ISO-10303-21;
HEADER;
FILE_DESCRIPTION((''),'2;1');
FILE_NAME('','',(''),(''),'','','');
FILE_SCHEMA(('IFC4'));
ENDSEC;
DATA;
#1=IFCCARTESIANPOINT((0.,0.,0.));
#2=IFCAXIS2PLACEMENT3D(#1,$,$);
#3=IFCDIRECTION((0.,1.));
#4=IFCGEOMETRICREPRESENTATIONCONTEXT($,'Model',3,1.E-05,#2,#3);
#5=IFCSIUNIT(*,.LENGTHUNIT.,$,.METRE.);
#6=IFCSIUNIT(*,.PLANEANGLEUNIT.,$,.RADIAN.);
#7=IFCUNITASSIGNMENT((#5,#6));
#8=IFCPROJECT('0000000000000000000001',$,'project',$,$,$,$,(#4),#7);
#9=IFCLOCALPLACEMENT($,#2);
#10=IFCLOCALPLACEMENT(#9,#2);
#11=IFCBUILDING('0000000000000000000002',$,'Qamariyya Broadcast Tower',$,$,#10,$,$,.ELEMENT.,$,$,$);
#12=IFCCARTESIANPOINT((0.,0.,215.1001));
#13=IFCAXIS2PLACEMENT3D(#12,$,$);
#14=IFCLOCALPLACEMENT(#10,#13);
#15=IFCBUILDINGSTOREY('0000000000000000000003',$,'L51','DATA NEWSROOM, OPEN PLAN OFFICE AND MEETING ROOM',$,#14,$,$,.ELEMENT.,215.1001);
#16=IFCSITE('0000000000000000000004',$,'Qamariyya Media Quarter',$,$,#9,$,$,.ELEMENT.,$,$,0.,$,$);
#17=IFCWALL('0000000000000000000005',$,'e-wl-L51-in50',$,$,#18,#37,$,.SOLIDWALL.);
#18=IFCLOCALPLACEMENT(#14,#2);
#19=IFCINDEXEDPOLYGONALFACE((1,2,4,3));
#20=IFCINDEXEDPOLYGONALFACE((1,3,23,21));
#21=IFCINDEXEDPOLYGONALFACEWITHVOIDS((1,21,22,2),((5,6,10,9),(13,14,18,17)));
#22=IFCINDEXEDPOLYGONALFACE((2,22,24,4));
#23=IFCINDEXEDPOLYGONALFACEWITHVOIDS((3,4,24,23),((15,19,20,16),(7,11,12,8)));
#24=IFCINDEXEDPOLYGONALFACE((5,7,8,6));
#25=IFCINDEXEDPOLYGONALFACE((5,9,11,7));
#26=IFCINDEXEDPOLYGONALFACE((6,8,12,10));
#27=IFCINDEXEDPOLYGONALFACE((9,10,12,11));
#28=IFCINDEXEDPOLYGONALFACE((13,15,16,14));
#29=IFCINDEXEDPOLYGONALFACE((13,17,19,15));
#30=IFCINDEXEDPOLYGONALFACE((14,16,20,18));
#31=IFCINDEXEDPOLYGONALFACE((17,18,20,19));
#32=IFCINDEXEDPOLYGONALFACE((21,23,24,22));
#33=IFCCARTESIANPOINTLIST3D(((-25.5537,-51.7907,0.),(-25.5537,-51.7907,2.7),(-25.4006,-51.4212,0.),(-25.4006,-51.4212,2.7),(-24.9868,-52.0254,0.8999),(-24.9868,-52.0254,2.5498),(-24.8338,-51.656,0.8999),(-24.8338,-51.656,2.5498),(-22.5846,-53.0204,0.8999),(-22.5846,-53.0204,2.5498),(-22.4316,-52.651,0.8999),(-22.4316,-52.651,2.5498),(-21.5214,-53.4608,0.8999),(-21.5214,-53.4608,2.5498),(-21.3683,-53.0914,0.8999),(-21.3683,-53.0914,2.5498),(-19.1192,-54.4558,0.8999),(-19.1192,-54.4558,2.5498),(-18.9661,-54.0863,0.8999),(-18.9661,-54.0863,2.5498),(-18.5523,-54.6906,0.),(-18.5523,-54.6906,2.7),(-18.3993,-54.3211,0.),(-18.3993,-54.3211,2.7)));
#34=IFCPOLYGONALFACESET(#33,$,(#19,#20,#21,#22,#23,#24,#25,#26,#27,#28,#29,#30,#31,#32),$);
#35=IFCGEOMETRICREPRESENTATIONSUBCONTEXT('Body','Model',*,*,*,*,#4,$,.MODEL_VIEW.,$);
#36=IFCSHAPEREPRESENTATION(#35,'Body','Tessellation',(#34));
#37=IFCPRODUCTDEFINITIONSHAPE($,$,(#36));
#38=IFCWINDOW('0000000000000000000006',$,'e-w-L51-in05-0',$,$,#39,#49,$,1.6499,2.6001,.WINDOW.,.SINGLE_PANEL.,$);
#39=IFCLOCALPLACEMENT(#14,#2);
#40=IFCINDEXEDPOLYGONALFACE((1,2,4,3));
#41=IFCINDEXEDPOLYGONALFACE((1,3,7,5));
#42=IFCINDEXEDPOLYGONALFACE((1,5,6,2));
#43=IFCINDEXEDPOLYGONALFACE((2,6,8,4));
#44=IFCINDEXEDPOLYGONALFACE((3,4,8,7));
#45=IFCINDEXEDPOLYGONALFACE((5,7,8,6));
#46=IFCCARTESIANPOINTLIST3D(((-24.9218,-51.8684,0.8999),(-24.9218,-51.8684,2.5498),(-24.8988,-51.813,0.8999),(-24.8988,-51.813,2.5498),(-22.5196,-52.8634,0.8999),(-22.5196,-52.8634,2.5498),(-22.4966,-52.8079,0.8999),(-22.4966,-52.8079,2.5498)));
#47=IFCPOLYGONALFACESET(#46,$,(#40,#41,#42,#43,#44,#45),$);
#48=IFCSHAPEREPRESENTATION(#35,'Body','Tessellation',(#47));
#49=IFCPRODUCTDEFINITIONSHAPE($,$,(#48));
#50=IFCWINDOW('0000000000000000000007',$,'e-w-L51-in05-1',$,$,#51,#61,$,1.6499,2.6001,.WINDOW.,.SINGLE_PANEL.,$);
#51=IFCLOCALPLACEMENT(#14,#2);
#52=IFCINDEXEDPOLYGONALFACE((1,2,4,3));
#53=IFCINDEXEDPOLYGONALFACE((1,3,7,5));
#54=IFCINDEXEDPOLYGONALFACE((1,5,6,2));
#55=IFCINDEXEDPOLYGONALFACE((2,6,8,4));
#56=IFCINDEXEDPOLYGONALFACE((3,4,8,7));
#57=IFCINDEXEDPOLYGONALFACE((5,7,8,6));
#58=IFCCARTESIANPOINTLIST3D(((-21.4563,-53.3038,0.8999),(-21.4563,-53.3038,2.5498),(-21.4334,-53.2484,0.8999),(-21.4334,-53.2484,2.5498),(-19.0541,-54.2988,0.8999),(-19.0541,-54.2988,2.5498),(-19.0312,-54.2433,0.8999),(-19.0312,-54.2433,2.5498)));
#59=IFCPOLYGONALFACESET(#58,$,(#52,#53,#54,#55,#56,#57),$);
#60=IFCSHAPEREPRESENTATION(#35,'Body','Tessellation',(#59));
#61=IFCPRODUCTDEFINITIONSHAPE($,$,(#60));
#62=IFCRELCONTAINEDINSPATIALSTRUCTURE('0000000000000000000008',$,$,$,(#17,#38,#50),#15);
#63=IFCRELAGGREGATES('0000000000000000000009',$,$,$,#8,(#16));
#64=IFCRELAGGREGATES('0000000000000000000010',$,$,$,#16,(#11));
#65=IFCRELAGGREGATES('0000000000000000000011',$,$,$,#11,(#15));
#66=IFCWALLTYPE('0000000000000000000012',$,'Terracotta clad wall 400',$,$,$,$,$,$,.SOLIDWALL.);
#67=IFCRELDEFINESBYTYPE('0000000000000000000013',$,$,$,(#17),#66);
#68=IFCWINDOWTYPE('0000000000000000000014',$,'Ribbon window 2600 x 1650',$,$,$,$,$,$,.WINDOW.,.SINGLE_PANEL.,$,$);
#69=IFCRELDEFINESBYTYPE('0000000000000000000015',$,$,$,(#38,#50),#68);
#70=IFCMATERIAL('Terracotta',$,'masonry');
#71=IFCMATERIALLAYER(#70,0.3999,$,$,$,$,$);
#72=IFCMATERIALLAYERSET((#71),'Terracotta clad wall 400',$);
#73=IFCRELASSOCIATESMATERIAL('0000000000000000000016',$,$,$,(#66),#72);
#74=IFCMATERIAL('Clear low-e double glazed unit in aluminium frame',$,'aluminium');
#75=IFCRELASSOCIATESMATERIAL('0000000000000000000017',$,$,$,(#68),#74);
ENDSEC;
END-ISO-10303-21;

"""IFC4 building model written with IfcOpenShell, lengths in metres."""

from ifc_helpers import new_model, si_unit, direction, frame, frame_2d, origin, place, context, subcontext, project, spatial, rectangle, extrude, material, layer, layer_set, type_object, element, fill, save


model = new_model("IFC4")

# Units and contexts
model_context = context("Model", 3, precision=1e-05, world=origin(), true_north=direction((0.0, 1.0)))
body_context = subcontext(model_context, "Body", "Model", "MODEL_VIEW")
ifc_project = project(units=[si_unit("LENGTHUNIT", "METRE"), si_unit("PLANEANGLEUNIT", "RADIAN")], contexts=[model_context])

# Site, building, storey
site_placement = place(None, origin())
site = spatial("IfcSite", under=ifc_project, at=site_placement, Name="Qamariyya Media Quarter", CompositionType="ELEMENT", RefElevation=0.0)
building_placement = place(site_placement, origin())
building = spatial("IfcBuilding", under=site, at=building_placement, Name="Qamariyya Broadcast Tower", CompositionType="ELEMENT")
storey_placement = place(building_placement, frame((0.0, 0.0, 215.1001)))
storey = spatial("IfcBuildingStorey", under=building, at=storey_placement, Name="L51", Description="DATA NEWSROOM, OPEN PLAN OFFICE AND MEETING ROOM", CompositionType="ELEMENT", Elevation=215.1001)

# Wall, openings, windows
ifc_material_1 = material(Name="Terracotta", Category="masonry")
ifc_layer_1 = layer(ifc_material_1, 0.3999)
ifc_layer_set_1 = layer_set([ifc_layer_1], Name="Terracotta clad wall 400")
wall_type_1 = type_object("IfcWallType", Name="Terracotta clad wall 400", PredefinedType="SOLIDWALL", material=ifc_layer_set_1)
ifc_material_2 = material(Name="Clear low-e double glazed unit in aluminium frame", Category="aluminium")
window_type = type_object("IfcWindowType", Name="Ribbon window 2600 x 1650", PartitioningType="SINGLE_PANEL", PredefinedType="WINDOW", material=ifc_material_2)
wall_1_placement = place(storey_placement, frame((-18.4758, -54.5059, 0.0), z_axis=(0.0, 0.0, 1.0), x_axis=(-0.923884, 0.382672, 0.0)))
wall_1 = element("IfcWall", 1, at=wall_1_placement, inside=storey, type_object=wall_type_1, Name="e-wl-L51-in50", PredefinedType="SOLIDWALL", context=body_context, shape_type="SweptSolid", body=[
    extrude(rectangle(XDim=7.5781, YDim=0.3999, at=frame_2d((3.7891, 0.0))), origin(), (0.0, 0.0, 1.0), 2.7),
])
opening_1_placement = place(wall_1_placement, frame((4.3645, 0.0, 0.8999)))
opening_1 = element("IfcOpeningElement", 2, at=opening_1_placement, cuts=wall_1, PredefinedType="OPENING", context=body_context, shape_type="SweptSolid", body=[
    extrude(rectangle(XDim=2.6001, YDim=1.6499, at=frame_2d((1.3, 0.825))), frame((0.0, 0.21, 0.0), z_axis=(0.0, -1.0, 0.0), x_axis=(1.0, 0.0, 0.0)), (0.0, 0.0, 1.0), 0.4199),
])
opening_2_placement = place(wall_1_placement, frame((0.6135, 0.0, 0.8999)))
opening_2 = element("IfcOpeningElement", 3, at=opening_2_placement, cuts=wall_1, PredefinedType="OPENING", context=body_context, shape_type="SweptSolid", body=[
    extrude(rectangle(XDim=2.6001, YDim=1.6499, at=frame_2d((1.3, 0.825))), frame((0.0, 0.21, 0.0), z_axis=(0.0, -1.0, 0.0), x_axis=(1.0, 0.0, 0.0)), (0.0, 0.0, 1.0), 0.4199),
])
window_1_placement = place(opening_1_placement, origin())
window_1 = element("IfcWindow", 4, at=window_1_placement, inside=storey, type_object=window_type, Name="e-w-L51-in05-0", OverallHeight=1.6499, OverallWidth=2.6001, PartitioningType="SINGLE_PANEL", PredefinedType="WINDOW", context=body_context, shape_type="SweptSolid", body=[
    extrude(rectangle(XDim=2.6001, YDim=1.6499, at=frame_2d((1.3, 0.825))), frame((0.0, 0.03, 0.0), z_axis=(0.0, -1.0, 0.0), x_axis=(1.0, 0.0, 0.0)), (0.0, 0.0, 1.0), 0.0601),
])
fill(opening_1, window_1)
window_2_placement = place(opening_2_placement, origin())
window_2 = element("IfcWindow", 5, at=window_2_placement, inside=storey, type_object=window_type, Name="e-w-L51-in05-1", OverallHeight=1.6499, OverallWidth=2.6001, PartitioningType="SINGLE_PANEL", PredefinedType="WINDOW", context=body_context, shape_type="SweptSolid", body=[
    extrude(rectangle(XDim=2.6001, YDim=1.6499, at=frame_2d((1.3, 0.825))), frame((0.0, 0.03, 0.0), z_axis=(0.0, -1.0, 0.0), x_axis=(1.0, 0.0, 0.0)), (0.0, 0.0, 1.0), 0.0601),
])
fill(opening_2, window_2)

save(model, "model.ifc")
